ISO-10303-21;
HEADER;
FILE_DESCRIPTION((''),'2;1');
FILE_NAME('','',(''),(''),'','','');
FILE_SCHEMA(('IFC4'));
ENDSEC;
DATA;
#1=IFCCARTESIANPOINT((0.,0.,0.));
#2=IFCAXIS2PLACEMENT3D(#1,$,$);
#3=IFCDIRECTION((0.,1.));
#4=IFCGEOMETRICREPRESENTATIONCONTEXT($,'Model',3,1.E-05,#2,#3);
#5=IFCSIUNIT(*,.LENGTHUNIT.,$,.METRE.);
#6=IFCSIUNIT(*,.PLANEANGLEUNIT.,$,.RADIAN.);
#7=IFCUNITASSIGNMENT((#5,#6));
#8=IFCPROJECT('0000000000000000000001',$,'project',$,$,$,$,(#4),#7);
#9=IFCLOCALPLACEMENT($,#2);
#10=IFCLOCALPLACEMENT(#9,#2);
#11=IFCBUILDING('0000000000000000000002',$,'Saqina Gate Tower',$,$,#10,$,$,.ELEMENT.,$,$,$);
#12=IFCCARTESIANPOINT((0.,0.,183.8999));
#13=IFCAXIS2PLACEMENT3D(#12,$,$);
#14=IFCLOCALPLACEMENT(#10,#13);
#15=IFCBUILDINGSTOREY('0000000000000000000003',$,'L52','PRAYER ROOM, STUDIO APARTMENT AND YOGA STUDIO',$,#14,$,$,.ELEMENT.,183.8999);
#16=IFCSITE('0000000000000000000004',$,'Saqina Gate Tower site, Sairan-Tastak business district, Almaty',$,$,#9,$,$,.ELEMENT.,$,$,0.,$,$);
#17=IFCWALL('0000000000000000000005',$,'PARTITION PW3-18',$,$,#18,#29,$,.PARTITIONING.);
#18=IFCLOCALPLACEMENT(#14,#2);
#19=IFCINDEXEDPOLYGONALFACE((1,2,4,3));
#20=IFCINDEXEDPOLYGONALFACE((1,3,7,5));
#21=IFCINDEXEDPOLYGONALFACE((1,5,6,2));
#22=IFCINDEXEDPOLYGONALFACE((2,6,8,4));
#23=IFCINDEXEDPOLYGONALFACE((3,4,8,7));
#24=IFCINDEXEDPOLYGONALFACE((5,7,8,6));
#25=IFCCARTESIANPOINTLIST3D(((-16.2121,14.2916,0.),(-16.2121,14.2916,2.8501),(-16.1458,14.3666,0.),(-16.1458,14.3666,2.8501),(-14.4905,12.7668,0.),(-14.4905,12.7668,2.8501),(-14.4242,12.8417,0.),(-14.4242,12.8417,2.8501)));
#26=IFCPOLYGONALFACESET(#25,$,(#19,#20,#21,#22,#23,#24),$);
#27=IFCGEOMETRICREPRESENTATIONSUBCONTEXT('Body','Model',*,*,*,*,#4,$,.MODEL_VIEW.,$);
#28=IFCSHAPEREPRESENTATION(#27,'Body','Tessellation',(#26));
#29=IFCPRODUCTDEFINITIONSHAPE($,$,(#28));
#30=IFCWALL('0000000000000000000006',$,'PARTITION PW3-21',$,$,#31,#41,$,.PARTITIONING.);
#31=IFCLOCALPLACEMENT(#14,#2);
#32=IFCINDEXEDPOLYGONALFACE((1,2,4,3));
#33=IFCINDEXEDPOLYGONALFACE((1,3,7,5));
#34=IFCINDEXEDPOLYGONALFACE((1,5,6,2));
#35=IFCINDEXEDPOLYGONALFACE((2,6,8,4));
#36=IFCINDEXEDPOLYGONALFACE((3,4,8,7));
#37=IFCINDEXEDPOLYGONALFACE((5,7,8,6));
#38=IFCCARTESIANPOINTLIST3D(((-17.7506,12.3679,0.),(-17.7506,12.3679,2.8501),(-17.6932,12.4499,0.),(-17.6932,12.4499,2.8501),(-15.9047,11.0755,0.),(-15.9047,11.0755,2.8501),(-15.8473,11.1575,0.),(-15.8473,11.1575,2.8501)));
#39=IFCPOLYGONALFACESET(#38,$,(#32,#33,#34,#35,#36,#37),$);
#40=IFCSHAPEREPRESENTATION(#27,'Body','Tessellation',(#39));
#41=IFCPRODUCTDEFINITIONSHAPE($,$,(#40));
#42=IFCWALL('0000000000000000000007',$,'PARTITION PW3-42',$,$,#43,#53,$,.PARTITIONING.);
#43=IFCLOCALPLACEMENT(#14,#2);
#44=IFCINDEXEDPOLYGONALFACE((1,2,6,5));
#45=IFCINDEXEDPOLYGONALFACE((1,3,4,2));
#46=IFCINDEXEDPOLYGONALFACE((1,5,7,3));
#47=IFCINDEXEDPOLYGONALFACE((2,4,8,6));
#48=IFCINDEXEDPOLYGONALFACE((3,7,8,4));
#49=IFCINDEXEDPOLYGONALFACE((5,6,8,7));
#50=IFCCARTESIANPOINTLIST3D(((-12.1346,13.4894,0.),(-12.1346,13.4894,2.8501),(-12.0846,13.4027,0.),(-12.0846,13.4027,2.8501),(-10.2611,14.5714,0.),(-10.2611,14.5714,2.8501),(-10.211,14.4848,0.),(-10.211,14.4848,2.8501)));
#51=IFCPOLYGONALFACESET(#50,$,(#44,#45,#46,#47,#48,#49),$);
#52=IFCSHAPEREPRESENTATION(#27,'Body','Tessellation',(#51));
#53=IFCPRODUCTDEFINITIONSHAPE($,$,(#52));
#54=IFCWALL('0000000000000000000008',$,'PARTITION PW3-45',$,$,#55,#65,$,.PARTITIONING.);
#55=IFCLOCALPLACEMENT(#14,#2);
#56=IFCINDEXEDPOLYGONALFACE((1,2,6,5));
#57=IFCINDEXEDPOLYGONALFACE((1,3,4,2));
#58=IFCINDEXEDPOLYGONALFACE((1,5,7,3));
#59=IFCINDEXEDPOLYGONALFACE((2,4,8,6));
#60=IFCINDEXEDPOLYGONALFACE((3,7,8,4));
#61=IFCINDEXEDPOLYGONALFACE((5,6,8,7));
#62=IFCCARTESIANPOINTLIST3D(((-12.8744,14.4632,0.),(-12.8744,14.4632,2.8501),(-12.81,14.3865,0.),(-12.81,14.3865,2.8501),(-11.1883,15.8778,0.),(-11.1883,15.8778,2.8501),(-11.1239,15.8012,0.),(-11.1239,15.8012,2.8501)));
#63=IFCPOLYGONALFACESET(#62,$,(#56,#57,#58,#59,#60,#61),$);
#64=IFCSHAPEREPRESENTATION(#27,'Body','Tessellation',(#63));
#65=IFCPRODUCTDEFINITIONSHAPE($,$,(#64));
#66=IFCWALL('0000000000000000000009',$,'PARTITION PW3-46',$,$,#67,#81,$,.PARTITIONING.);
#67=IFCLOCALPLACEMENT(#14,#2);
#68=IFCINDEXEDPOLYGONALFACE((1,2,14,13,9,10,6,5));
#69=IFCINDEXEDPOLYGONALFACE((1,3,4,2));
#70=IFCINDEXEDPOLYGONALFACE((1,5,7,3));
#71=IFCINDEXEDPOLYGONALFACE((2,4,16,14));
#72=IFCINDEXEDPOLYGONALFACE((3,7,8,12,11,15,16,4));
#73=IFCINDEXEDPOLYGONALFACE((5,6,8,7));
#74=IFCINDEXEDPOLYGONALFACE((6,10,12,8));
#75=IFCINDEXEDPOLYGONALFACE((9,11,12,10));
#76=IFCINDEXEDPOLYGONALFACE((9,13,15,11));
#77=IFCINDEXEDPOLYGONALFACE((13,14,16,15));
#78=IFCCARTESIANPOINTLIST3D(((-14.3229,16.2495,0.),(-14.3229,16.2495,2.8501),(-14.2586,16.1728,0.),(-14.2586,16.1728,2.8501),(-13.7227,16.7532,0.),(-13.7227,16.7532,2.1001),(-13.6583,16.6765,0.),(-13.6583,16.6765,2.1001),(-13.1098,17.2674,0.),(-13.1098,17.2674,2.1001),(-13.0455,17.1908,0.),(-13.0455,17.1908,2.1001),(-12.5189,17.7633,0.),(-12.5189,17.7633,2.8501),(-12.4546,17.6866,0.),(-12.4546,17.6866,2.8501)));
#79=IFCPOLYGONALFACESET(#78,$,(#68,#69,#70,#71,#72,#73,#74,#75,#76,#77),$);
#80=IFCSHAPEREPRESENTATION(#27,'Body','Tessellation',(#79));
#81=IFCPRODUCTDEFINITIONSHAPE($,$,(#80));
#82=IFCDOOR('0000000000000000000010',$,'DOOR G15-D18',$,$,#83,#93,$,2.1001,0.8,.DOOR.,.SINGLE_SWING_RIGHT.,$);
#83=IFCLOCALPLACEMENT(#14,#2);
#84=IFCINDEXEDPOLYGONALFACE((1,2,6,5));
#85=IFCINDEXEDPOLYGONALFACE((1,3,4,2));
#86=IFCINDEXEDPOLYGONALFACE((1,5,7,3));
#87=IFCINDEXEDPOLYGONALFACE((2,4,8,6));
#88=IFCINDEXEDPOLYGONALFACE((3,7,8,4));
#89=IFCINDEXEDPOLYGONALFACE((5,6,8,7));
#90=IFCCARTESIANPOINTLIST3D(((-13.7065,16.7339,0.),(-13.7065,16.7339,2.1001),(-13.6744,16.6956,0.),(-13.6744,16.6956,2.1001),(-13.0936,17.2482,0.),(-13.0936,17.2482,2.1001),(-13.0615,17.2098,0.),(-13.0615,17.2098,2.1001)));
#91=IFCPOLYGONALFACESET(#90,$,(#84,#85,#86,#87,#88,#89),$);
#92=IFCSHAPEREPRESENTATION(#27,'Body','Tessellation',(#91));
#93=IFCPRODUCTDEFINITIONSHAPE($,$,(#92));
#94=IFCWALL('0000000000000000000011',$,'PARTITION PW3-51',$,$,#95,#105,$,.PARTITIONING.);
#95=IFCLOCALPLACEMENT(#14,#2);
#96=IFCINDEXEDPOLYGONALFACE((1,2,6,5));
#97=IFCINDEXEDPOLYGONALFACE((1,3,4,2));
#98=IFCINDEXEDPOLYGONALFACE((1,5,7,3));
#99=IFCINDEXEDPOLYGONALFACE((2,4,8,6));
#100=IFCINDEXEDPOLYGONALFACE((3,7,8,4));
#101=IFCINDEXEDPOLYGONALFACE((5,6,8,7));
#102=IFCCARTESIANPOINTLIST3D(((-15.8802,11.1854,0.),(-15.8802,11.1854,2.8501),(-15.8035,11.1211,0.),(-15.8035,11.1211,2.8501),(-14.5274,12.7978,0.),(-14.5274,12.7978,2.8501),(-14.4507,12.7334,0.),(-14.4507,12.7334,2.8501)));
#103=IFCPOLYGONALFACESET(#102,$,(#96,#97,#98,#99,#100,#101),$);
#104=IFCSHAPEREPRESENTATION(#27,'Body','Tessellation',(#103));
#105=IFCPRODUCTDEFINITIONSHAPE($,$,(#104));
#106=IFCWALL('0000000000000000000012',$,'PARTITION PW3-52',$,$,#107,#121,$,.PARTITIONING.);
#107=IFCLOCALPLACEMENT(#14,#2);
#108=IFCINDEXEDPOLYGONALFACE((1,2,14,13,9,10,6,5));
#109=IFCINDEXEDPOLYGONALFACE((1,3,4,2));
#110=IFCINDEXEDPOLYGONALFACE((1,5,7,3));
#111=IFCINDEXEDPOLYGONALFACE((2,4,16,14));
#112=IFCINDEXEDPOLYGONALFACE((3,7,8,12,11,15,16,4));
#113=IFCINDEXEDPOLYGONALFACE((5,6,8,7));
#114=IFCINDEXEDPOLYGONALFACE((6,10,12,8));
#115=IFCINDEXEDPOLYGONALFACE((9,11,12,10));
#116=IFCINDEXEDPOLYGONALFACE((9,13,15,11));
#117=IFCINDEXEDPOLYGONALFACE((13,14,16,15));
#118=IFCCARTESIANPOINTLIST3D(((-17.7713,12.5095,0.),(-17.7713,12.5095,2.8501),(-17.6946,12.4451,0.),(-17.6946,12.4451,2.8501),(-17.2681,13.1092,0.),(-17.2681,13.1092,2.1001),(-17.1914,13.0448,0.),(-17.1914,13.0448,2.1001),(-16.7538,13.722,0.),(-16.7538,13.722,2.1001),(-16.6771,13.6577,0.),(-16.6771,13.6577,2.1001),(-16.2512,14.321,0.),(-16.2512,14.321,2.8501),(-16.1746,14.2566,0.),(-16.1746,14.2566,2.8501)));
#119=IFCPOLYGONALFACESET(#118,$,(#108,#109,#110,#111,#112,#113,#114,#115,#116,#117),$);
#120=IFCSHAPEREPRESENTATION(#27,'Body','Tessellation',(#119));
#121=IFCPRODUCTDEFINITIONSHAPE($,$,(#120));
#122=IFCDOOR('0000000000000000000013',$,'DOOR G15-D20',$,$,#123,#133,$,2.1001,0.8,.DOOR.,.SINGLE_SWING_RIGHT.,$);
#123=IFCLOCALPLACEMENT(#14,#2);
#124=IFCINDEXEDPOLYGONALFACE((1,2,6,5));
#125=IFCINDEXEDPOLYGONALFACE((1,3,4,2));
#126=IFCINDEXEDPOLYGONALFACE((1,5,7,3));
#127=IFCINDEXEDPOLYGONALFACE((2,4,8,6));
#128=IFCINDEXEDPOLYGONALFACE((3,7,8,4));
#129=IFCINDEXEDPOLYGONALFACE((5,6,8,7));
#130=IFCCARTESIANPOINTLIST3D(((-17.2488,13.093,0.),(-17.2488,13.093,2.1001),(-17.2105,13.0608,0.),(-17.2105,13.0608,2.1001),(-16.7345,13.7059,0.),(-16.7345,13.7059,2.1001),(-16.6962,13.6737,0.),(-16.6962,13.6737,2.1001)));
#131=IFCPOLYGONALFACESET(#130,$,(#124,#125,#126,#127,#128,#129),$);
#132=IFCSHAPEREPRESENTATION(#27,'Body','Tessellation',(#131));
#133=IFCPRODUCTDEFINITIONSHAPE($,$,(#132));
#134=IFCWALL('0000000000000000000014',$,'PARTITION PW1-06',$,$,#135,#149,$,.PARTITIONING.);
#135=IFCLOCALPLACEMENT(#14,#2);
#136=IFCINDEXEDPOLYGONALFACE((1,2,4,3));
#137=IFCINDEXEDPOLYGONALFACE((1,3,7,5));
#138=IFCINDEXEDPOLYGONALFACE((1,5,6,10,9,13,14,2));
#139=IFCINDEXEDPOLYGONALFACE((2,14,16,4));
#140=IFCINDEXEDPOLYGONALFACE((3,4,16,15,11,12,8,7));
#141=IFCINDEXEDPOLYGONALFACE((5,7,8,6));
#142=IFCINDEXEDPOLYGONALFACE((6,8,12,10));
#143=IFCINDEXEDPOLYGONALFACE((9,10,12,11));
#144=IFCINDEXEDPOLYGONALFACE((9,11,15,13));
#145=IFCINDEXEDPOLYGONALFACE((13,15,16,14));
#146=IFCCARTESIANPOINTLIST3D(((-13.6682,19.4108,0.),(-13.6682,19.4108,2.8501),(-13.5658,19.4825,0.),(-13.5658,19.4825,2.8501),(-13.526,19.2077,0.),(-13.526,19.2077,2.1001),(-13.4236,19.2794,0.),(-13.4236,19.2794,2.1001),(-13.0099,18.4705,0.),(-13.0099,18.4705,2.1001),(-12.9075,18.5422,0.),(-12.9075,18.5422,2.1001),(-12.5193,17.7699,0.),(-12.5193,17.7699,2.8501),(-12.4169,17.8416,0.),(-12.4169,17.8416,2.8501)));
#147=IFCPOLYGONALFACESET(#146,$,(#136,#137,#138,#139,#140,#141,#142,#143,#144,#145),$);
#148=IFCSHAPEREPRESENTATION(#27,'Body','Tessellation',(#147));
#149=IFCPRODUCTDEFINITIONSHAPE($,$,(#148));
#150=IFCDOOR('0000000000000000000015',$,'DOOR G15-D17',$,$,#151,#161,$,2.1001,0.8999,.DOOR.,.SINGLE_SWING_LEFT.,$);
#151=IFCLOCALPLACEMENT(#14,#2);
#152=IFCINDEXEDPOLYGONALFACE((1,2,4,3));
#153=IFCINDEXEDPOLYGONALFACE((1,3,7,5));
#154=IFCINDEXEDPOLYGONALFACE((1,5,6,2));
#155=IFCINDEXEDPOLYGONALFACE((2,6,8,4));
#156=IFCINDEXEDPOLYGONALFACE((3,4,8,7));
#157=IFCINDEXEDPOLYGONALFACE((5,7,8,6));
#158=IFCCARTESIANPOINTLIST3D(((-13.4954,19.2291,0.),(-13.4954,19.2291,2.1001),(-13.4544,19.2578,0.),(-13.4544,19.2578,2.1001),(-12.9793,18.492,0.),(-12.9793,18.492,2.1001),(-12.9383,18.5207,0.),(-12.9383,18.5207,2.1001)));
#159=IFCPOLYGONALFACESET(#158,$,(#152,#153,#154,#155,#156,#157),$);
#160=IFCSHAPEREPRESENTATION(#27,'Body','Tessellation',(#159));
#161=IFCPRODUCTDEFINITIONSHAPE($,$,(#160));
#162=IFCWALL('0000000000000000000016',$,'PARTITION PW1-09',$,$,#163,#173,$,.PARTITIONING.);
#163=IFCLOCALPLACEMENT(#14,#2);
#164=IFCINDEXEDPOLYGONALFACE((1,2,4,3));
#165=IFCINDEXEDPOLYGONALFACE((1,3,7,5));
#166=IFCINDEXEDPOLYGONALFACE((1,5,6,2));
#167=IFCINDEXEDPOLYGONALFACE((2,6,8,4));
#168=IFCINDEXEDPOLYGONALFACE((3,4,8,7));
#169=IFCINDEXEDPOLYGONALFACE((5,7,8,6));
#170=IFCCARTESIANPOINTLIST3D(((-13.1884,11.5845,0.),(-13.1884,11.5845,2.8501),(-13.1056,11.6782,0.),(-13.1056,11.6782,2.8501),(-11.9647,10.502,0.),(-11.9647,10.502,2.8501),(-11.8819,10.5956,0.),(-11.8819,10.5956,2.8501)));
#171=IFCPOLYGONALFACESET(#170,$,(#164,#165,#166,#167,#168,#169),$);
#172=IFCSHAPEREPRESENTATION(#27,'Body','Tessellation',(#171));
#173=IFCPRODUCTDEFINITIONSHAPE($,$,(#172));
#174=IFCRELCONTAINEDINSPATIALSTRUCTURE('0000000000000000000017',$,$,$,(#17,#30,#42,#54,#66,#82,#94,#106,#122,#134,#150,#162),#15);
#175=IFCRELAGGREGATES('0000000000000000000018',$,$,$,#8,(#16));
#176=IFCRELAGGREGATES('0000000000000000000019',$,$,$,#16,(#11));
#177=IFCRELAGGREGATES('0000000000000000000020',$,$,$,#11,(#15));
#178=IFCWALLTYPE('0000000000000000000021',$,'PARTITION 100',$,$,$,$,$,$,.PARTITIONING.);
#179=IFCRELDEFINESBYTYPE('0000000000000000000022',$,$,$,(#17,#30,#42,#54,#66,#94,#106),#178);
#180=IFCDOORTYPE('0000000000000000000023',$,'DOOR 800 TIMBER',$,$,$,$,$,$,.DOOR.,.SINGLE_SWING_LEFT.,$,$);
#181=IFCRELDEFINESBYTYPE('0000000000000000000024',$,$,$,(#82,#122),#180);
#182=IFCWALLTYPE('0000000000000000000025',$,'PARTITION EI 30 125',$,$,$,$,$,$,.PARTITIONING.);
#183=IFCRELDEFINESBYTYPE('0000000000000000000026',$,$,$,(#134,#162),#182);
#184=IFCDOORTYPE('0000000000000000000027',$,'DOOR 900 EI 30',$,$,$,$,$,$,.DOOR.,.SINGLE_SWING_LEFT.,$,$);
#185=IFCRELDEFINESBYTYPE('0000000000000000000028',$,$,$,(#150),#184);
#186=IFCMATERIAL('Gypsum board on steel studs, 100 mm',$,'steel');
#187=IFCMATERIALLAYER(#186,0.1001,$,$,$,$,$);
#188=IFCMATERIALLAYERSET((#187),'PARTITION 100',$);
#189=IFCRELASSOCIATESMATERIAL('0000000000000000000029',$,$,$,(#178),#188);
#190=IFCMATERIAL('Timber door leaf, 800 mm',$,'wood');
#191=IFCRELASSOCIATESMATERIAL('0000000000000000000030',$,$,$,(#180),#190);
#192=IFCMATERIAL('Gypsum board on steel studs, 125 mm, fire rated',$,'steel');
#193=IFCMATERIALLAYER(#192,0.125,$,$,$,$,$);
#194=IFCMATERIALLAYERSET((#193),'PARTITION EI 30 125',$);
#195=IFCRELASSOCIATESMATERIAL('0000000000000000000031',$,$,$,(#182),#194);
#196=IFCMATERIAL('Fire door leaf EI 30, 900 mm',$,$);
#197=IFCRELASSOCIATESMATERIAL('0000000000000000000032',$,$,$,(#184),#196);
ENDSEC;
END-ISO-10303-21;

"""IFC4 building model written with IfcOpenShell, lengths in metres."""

from ifc_helpers import new_model, si_unit, direction, frame, frame_2d, origin, place, context, subcontext, project, spatial, rectangle, extrude, material, layer, layer_set, type_object, element, fill, save


model = new_model("IFC4")

# Units and contexts
model_context = context("Model", 3, precision=1e-05, world=origin(), true_north=direction((0.0, 1.0)))
body_context = subcontext(model_context, "Body", "Model", "MODEL_VIEW")
ifc_project = project(units=[si_unit("LENGTHUNIT", "METRE"), si_unit("PLANEANGLEUNIT", "RADIAN")], contexts=[model_context])

# Site, building, storey
site_placement = place(None, origin())
site = spatial("IfcSite", under=ifc_project, at=site_placement, Name="Saqina Gate Tower site, Sairan-Tastak business district, Almaty", CompositionType="ELEMENT", RefElevation=0.0)
building_placement = place(site_placement, origin())
building = spatial("IfcBuilding", under=site, at=building_placement, Name="Saqina Gate Tower", CompositionType="ELEMENT")
storey_placement = place(building_placement, frame((0.0, 0.0, 183.8999)))
storey = spatial("IfcBuildingStorey", under=building, at=storey_placement, Name="L52", Description="PRAYER ROOM, STUDIO APARTMENT AND YOGA STUDIO", CompositionType="ELEMENT", Elevation=183.8999)

# Walls
ifc_material_1 = material(Name="Gypsum board on steel studs, 100 mm", Category="steel")
ifc_layer_1 = layer(ifc_material_1, 0.1001)
ifc_layer_set_1 = layer_set([ifc_layer_1], Name="PARTITION 100")
wall_type_1 = type_object("IfcWallType", Name="PARTITION 100", PredefinedType="PARTITIONING", material=ifc_layer_set_1)
wall_1_placement = place(storey_placement, frame((-16.179, 14.3291, 0.0), z_axis=(0.0, 0.0, 1.0), x_axis=(0.748591, -0.663032, 0.0)))
element("IfcWall", 1, at=wall_1_placement, inside=storey, type_object=wall_type_1, Name="PARTITION PW3-18", PredefinedType="PARTITIONING", context=body_context, shape_type="SweptSolid", body=[
    extrude(rectangle(XDim=2.2998, YDim=0.1001, at=frame_2d((1.1499, 0.0))), origin(), (0.0, 0.0, 1.0), 2.8501),
])
wall_2_placement = place(storey_placement, frame((-17.7219, 12.4089, 0.0), z_axis=(0.0, 0.0, 1.0), x_axis=(0.819166, -0.573557, 0.0)))
element("IfcWall", 2, at=wall_2_placement, inside=storey, type_object=wall_type_1, Name="PARTITION PW3-21", PredefinedType="PARTITIONING", context=body_context, shape_type="SweptSolid", body=[
    extrude(rectangle(XDim=2.2534, YDim=0.1001, at=frame_2d((1.1267, 0.0))), origin(), (0.0, 0.0, 1.0), 2.8501),
])
wall_3_placement = place(storey_placement, frame((-12.1096, 13.446, 0.0), z_axis=(0.0, 0.0, 1.0), x_axis=(0.865956, 0.50012, 0.0)))
element("IfcWall", 3, at=wall_3_placement, inside=storey, type_object=wall_type_1, Name="PARTITION PW3-42", PredefinedType="PARTITIONING", context=body_context, shape_type="SweptSolid", body=[
    extrude(rectangle(XDim=2.1636, YDim=0.1001, at=frame_2d((1.0818, 0.0))), origin(), (0.0, 0.0, 1.0), 2.8501),
])
wall_4_placement = place(storey_placement, frame((-12.8423, 14.4248, 0.0), z_axis=(0.0, 0.0, 1.0), x_axis=(0.766089, 0.642734, 0.0)))
element("IfcWall", 4, at=wall_4_placement, inside=storey, type_object=wall_type_1, Name="PARTITION PW3-45", PredefinedType="PARTITIONING", context=body_context, shape_type="SweptSolid", body=[
    extrude(rectangle(XDim=2.2009, YDim=0.1001, at=frame_2d((1.1006, 0.0))), origin(), (0.0, 0.0, 1.0), 2.8501),
])

# Wall, opening, door
wall_5_placement = place(storey_placement, frame((-14.2908, 16.2112, 0.0), z_axis=(0.0, 0.0, 1.0), x_axis=(0.76605, 0.642781, 0.0)))
wall_5 = element("IfcWall", 5, at=wall_5_placement, inside=storey, type_object=wall_type_1, Name="PARTITION PW3-46", PredefinedType="PARTITIONING", context=body_context, shape_type="SweptSolid", body=[
    extrude(rectangle(XDim=2.355, YDim=0.1001, at=frame_2d((1.1775, 0.0))), origin(), (0.0, 0.0, 1.0), 2.8501),
])
opening_1_placement = place(wall_5_placement, frame((0.7837, 0.0, 0.0)))
opening_1 = element("IfcOpeningElement", 6, at=opening_1_placement, cuts=wall_5, PredefinedType="OPENING", context=body_context, shape_type="SweptSolid", body=[
    extrude(rectangle(XDim=0.8, YDim=2.1001, at=frame_2d((0.3999, 1.05))), frame((0.0, 0.062, 0.0), z_axis=(0.0, -1.0, 0.0), x_axis=(1.0, 0.0, 0.0)), (0.0, 0.0, 1.0), 0.124),
])
ifc_material_2 = material(Name="Timber door leaf, 800 mm", Category="wood")
door_type_1 = type_object("IfcDoorType", Name="DOOR 800 TIMBER", OperationType="SINGLE_SWING_LEFT", PredefinedType="DOOR", material=ifc_material_2)
door_1_placement = place(opening_1_placement, origin())
door_1 = element("IfcDoor", 7, at=door_1_placement, inside=storey, type_object=door_type_1, Name="DOOR G15-D18", OperationType="SINGLE_SWING_RIGHT", OverallHeight=2.1001, OverallWidth=0.8, PredefinedType="DOOR", context=body_context, shape_type="SweptSolid", body=[
    extrude(rectangle(XDim=0.8, YDim=2.1001, at=frame_2d((0.3999, 1.05))), frame((0.0, 0.0249, 0.0), z_axis=(0.0, -1.0, 0.0), x_axis=(1.0, 0.0, 0.0)), (0.0, 0.0, 1.0), 0.05),
])
fill(opening_1, door_1)

# Wall
wall_6_placement = place(storey_placement, frame((-15.8418, 11.1533, 0.0), z_axis=(0.0, 0.0, 1.0), x_axis=(0.642759, 0.766068, 0.0)))
element("IfcWall", 8, at=wall_6_placement, inside=storey, type_object=wall_type_1, Name="PARTITION PW3-51", PredefinedType="PARTITIONING", context=body_context, shape_type="SweptSolid", body=[
    extrude(rectangle(XDim=2.1047, YDim=0.1001, at=frame_2d((1.0522, 0.0))), origin(), (0.0, 0.0, 1.0), 2.8501),
])

# Walls, openings, doors
wall_7_placement = place(storey_placement, frame((-17.7329, 12.4773, 0.0), z_axis=(0.0, 0.0, 1.0), x_axis=(0.64278, 0.766051, 0.0)))
wall_7 = element("IfcWall", 9, at=wall_7_placement, inside=storey, type_object=wall_type_1, Name="PARTITION PW3-52", PredefinedType="PARTITIONING", context=body_context, shape_type="SweptSolid", body=[
    extrude(rectangle(XDim=2.3647, YDim=0.1001, at=frame_2d((1.1824, 0.0))), origin(), (0.0, 0.0, 1.0), 2.8501),
])
opening_2_placement = place(wall_7_placement, frame((0.783, 0.0, 0.0)))
opening_2 = element("IfcOpeningElement", 10, at=opening_2_placement, cuts=wall_7, PredefinedType="OPENING", context=body_context, shape_type="SweptSolid", body=[
    extrude(rectangle(XDim=0.8, YDim=2.1001, at=frame_2d((0.3999, 1.05))), frame((0.0, 0.062, 0.0), z_axis=(0.0, -1.0, 0.0), x_axis=(1.0, 0.0, 0.0)), (0.0, 0.0, 1.0), 0.124),
])
door_2_placement = place(opening_2_placement, origin())
door_2 = element("IfcDoor", 11, at=door_2_placement, inside=storey, type_object=door_type_1, Name="DOOR G15-D20", OperationType="SINGLE_SWING_RIGHT", OverallHeight=2.1001, OverallWidth=0.8, PredefinedType="DOOR", context=body_context, shape_type="SweptSolid", body=[
    extrude(rectangle(XDim=0.8, YDim=2.1001, at=frame_2d((0.3999, 1.05))), frame((0.0, 0.0249, 0.0), z_axis=(0.0, -1.0, 0.0), x_axis=(1.0, 0.0, 0.0)), (0.0, 0.0, 1.0), 0.05),
])
fill(opening_2, door_2)
ifc_material_3 = material(Name="Gypsum board on steel studs, 125 mm, fire rated", Category="steel")
ifc_layer_2 = layer(ifc_material_3, 0.125)
ifc_layer_set_2 = layer_set([ifc_layer_2], Name="PARTITION EI 30 125")
wall_type_2 = type_object("IfcWallType", Name="PARTITION EI 30 125", PredefinedType="PARTITIONING", material=ifc_layer_set_2)
wall_8_placement = place(storey_placement, frame((-13.6169, 19.4465, 0.0), z_axis=(0.0, 0.0, 1.0), x_axis=(0.573569, -0.819157, 0.0)))
wall_8 = element("IfcWall", 12, at=wall_8_placement, inside=storey, type_object=wall_type_2, Name="PARTITION PW1-06", PredefinedType="PARTITIONING", context=body_context, shape_type="SweptSolid", body=[
    extrude(rectangle(XDim=2.0032, YDim=0.125, at=frame_2d((1.0015, 0.0))), origin(), (0.0, 0.0, 1.0), 2.8501),
])
opening_3_placement = place(wall_8_placement, frame((0.2478, 0.0, 0.0)))
opening_3 = element("IfcOpeningElement", 13, at=opening_3_placement, cuts=wall_8, PredefinedType="OPENING", context=body_context, shape_type="SweptSolid", body=[
    extrude(rectangle(XDim=0.8999, YDim=2.1001, at=frame_2d((0.45, 1.05))), frame((0.0, 0.0745, 0.0), z_axis=(0.0, -1.0, 0.0), x_axis=(1.0, 0.0, 0.0)), (0.0, 0.0, 1.0), 0.1489),
])
ifc_material_4 = material(Name="Fire door leaf EI 30, 900 mm")
door_type_2 = type_object("IfcDoorType", Name="DOOR 900 EI 30", OperationType="SINGLE_SWING_LEFT", PredefinedType="DOOR", material=ifc_material_4)
door_3_placement = place(opening_3_placement, origin())
door_3 = element("IfcDoor", 14, at=door_3_placement, inside=storey, type_object=door_type_2, Name="DOOR G15-D17", OperationType="SINGLE_SWING_LEFT", OverallHeight=2.1001, OverallWidth=0.8999, PredefinedType="DOOR", context=body_context, shape_type="SweptSolid", body=[
    extrude(rectangle(XDim=0.8999, YDim=2.1001, at=frame_2d((0.45, 1.05))), frame((0.0, 0.0249, 0.0), z_axis=(0.0, -1.0, 0.0), x_axis=(1.0, 0.0, 0.0)), (0.0, 0.0, 1.0), 0.05),
])
fill(opening_3, door_3)

# Wall
wall_9_placement = place(storey_placement, frame((-13.147, 11.6313, 0.0), z_axis=(0.0, 0.0, 1.0), x_axis=(0.748974, -0.6626, 0.0)))
element("IfcWall", 15, at=wall_9_placement, inside=storey, type_object=wall_type_2, Name="PARTITION PW1-09", PredefinedType="PARTITIONING", context=body_context, shape_type="SweptSolid", body=[
    extrude(rectangle(XDim=1.6338, YDim=0.125, at=frame_2d((0.8169, 0.0))), origin(), (0.0, 0.0, 1.0), 2.8501),
])

save(model, "model.ifc")
